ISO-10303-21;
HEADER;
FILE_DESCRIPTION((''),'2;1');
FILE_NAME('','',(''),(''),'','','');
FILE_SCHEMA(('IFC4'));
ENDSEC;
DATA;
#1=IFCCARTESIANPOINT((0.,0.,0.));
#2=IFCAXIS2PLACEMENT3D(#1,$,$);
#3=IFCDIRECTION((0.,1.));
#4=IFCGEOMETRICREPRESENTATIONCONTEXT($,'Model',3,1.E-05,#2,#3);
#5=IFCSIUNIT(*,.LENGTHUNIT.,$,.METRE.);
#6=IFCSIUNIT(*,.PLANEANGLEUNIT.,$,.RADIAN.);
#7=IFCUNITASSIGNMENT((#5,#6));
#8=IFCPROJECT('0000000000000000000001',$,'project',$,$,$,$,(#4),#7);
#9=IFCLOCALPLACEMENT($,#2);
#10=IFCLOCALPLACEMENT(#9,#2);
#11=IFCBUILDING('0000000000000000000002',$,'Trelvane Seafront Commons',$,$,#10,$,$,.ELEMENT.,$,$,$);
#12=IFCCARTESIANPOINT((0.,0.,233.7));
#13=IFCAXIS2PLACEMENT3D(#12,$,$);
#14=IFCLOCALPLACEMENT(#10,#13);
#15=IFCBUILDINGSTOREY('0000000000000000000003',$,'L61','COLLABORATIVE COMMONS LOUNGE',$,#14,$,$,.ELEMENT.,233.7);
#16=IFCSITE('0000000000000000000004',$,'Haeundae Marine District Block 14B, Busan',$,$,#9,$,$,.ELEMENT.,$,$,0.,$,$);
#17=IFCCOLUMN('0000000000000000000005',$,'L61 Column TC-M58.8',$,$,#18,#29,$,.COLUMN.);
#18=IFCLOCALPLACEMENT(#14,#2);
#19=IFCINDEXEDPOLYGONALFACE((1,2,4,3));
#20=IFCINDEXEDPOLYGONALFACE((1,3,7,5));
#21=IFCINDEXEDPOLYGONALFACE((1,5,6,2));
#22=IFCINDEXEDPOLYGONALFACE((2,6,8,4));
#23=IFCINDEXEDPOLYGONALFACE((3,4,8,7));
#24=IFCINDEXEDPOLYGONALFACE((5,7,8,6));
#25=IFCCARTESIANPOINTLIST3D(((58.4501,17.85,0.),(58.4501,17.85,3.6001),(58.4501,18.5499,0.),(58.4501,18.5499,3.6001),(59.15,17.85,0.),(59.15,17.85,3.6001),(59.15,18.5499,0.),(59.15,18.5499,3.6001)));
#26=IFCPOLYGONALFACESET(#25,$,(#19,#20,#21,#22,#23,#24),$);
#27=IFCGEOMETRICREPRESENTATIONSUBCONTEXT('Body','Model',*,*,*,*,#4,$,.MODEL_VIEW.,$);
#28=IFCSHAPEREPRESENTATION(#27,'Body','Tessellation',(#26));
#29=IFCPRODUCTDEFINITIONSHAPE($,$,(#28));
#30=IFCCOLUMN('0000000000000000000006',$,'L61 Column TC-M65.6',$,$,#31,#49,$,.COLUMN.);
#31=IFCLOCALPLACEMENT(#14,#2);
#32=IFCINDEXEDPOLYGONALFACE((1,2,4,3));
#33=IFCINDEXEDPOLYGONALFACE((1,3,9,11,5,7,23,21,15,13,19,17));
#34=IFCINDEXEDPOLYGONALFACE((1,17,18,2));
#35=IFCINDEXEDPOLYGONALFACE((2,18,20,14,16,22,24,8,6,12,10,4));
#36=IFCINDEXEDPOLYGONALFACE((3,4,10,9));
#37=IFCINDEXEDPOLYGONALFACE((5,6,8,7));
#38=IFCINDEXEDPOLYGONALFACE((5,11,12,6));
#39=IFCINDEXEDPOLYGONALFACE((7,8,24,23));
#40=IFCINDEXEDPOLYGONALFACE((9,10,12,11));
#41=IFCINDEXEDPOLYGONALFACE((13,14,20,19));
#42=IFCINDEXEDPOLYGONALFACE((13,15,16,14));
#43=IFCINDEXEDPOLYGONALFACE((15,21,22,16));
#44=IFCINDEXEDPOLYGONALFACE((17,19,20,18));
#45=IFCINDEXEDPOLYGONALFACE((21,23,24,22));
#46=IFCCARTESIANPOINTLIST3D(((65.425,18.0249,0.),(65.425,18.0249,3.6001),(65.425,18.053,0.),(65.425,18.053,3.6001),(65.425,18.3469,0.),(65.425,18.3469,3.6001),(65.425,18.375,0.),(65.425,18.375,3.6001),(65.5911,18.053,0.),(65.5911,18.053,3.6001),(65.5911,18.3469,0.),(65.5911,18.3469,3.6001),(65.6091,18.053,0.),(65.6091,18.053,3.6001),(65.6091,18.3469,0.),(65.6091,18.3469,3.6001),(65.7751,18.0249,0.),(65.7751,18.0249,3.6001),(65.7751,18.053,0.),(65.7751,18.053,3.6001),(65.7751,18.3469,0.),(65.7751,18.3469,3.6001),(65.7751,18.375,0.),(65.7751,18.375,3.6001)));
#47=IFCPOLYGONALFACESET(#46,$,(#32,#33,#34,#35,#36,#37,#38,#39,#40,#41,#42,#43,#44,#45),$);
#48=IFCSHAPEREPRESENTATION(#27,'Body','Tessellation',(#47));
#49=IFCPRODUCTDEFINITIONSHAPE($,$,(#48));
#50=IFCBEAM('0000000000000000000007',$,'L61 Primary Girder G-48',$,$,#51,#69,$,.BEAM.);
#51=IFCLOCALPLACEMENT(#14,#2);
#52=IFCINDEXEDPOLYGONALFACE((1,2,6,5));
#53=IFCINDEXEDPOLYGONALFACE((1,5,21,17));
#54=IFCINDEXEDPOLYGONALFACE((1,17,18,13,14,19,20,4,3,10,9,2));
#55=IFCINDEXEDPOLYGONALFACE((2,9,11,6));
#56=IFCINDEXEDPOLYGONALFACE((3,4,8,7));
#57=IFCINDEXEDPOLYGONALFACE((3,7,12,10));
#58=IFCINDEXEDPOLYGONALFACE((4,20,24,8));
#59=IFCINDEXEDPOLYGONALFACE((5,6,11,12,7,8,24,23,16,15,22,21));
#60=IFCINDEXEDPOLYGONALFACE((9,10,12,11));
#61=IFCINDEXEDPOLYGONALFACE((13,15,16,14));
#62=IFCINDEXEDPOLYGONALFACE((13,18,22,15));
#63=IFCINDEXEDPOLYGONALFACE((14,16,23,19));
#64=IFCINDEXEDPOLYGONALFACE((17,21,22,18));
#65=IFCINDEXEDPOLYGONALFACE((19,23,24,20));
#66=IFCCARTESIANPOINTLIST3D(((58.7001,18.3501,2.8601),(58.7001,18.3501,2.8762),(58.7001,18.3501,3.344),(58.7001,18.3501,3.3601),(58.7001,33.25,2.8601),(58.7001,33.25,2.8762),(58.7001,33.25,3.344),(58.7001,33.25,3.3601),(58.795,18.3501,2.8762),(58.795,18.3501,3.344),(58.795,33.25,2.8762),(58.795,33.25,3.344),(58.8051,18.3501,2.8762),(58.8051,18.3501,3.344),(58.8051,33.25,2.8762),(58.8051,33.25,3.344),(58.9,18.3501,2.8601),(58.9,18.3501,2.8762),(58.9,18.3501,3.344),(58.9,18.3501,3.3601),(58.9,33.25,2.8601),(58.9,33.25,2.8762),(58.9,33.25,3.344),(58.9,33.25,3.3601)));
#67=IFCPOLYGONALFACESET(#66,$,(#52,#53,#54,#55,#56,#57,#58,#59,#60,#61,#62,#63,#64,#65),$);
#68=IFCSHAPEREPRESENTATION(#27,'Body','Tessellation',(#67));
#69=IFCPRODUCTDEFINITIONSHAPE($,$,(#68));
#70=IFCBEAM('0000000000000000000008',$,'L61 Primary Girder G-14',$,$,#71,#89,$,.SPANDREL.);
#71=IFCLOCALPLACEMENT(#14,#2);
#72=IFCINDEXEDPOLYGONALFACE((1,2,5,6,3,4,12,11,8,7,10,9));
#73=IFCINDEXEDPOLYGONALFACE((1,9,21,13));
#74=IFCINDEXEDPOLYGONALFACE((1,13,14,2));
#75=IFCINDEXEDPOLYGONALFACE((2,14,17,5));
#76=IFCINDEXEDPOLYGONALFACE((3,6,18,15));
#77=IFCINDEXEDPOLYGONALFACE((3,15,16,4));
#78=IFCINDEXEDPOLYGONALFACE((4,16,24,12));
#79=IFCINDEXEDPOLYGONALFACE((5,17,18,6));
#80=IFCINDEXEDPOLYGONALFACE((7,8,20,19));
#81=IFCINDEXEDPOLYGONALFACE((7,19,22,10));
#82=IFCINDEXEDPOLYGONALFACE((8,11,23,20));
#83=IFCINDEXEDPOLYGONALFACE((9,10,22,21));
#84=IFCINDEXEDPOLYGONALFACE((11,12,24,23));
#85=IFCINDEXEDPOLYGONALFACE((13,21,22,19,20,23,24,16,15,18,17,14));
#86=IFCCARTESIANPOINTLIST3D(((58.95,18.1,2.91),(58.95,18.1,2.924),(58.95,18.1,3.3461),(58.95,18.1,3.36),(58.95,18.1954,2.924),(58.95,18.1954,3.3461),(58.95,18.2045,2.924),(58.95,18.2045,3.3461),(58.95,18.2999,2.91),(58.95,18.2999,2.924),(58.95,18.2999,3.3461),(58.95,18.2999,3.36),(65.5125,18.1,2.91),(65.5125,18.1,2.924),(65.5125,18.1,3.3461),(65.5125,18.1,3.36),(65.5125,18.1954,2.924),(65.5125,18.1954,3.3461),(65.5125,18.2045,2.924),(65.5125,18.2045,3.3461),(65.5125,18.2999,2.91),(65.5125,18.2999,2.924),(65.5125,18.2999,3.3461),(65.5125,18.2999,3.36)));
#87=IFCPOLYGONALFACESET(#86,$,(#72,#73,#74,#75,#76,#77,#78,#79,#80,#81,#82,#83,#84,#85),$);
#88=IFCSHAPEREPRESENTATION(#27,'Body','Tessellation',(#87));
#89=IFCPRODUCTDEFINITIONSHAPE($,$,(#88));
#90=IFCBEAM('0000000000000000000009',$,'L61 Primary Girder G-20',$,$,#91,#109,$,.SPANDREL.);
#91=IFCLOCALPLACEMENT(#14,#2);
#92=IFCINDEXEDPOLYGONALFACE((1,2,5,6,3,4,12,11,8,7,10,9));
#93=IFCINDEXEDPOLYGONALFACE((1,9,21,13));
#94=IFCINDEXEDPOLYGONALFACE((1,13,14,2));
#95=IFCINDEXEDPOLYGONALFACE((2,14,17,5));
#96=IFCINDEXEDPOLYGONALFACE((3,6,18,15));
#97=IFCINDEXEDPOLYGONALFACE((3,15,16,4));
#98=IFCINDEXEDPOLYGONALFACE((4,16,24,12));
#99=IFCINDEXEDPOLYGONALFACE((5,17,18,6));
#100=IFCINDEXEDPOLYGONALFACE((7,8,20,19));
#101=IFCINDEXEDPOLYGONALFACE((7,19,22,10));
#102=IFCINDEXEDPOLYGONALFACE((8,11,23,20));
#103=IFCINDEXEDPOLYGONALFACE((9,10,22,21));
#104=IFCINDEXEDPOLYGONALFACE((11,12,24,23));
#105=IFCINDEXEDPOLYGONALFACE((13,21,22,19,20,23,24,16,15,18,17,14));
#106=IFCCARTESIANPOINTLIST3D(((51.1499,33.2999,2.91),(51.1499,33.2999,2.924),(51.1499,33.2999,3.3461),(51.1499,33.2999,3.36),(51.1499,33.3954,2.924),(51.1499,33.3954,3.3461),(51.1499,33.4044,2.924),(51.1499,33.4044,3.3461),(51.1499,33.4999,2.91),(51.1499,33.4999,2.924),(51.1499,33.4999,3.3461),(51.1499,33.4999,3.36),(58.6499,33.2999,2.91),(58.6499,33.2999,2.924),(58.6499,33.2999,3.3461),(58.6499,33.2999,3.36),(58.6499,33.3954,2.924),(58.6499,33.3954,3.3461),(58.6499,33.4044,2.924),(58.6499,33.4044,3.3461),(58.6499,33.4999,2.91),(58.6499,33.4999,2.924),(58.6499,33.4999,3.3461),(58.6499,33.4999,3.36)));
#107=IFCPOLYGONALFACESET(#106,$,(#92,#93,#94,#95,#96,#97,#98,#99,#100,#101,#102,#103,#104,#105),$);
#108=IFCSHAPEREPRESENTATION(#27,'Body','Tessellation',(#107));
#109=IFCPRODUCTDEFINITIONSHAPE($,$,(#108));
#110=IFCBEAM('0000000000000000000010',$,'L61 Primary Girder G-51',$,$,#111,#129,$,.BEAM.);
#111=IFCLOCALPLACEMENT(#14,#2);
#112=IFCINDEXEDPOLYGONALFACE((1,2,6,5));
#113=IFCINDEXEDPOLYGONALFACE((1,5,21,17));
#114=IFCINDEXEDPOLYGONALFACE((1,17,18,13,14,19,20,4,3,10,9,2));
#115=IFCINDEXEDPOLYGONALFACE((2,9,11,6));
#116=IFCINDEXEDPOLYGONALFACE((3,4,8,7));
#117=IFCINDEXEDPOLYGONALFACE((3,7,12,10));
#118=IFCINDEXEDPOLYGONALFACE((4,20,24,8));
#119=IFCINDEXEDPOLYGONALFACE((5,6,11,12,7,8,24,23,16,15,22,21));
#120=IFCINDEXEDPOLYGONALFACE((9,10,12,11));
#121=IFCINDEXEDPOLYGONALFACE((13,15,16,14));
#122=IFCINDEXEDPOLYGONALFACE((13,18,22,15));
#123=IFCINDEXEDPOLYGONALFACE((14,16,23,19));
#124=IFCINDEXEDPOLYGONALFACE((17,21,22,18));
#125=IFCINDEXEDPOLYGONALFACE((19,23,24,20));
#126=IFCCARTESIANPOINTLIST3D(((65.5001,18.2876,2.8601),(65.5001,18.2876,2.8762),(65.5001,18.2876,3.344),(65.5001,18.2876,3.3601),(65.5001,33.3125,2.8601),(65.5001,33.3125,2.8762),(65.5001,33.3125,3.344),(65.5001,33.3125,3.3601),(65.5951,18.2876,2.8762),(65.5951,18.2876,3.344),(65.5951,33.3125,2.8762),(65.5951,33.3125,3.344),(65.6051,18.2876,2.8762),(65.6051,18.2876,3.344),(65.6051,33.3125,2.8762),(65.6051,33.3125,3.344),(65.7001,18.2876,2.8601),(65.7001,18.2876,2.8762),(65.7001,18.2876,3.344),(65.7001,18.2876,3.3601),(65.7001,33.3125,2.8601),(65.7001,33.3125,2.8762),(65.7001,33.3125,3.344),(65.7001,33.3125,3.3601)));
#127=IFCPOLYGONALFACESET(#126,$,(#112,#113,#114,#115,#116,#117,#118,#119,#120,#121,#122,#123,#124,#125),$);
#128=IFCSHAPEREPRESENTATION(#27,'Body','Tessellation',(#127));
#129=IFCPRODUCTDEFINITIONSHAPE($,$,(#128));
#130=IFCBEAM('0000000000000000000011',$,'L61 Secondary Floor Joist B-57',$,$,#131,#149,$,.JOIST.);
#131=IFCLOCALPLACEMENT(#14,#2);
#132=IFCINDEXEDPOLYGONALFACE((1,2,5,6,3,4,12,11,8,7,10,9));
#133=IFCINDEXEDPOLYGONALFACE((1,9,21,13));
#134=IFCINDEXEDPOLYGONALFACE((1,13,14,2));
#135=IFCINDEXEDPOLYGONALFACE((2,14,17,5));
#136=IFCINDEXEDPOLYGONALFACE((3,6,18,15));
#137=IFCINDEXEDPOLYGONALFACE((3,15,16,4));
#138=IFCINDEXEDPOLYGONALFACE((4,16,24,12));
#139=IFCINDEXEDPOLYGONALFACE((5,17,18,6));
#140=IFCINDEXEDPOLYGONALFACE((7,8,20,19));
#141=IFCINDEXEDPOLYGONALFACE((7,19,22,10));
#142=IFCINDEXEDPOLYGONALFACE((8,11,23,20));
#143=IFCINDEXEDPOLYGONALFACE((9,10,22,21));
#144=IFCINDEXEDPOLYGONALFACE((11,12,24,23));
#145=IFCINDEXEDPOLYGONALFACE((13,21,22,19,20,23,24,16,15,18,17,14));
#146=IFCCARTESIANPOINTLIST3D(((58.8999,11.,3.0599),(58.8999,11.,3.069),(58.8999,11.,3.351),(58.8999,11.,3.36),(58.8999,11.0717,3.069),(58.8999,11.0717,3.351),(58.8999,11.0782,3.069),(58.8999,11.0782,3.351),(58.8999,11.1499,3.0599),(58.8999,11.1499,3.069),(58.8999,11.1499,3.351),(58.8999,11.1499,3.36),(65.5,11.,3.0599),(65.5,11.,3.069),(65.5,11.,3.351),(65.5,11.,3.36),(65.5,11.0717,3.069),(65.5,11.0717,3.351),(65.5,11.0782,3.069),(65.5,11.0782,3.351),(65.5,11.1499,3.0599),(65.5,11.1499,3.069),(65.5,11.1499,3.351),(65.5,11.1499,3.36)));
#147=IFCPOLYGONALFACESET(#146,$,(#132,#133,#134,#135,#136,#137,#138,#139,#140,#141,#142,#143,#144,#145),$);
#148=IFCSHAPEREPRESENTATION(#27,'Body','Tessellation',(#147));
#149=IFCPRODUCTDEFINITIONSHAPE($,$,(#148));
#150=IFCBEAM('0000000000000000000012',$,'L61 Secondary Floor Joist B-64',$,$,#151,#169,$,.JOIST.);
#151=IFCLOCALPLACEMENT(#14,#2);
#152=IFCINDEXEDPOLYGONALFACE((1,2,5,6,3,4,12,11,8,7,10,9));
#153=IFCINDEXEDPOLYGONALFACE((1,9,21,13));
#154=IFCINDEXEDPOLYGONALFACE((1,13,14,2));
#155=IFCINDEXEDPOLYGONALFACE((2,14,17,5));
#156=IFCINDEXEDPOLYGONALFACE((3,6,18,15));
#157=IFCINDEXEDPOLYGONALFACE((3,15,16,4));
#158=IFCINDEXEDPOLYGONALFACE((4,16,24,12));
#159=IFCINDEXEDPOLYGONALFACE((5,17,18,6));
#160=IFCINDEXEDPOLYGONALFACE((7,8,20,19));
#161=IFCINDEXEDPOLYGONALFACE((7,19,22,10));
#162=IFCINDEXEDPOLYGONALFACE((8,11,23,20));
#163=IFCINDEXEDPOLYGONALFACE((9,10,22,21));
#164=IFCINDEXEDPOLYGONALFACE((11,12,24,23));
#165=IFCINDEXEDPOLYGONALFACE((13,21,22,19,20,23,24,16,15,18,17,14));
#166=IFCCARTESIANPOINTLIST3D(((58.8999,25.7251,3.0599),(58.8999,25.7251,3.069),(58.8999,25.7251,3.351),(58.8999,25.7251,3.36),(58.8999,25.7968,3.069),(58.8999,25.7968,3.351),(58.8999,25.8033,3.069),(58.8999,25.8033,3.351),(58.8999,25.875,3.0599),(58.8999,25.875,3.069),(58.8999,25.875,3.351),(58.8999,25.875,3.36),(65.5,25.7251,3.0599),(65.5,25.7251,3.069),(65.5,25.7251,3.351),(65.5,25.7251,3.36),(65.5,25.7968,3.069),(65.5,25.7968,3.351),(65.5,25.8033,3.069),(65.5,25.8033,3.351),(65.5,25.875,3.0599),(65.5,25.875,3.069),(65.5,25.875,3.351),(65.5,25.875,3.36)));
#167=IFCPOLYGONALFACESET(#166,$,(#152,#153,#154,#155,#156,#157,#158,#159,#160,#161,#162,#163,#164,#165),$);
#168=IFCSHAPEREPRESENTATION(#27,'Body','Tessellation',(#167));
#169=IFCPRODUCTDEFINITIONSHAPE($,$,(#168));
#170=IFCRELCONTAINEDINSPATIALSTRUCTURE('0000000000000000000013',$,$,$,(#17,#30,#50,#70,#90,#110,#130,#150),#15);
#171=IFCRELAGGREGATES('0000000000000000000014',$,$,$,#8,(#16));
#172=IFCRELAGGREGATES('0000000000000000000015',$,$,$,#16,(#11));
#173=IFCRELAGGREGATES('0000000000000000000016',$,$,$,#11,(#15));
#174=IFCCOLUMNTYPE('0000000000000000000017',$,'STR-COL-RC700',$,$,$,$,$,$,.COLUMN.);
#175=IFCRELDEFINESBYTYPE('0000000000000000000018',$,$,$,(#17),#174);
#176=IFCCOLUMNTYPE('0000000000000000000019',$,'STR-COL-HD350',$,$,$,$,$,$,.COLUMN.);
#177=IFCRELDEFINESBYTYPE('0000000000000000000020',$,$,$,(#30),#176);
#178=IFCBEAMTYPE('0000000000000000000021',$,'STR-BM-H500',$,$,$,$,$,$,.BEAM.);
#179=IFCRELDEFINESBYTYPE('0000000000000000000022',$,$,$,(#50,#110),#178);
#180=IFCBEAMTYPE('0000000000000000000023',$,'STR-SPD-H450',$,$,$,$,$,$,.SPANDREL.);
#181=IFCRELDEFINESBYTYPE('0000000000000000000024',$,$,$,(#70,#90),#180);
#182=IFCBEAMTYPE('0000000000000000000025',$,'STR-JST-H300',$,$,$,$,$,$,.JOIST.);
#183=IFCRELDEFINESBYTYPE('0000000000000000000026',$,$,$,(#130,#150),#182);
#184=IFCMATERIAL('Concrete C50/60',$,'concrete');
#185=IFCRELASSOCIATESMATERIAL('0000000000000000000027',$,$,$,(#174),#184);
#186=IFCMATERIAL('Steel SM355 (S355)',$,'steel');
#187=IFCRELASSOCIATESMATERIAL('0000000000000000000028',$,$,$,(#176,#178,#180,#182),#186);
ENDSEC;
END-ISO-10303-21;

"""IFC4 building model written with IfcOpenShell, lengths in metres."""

from ifc_helpers import new_model, si_unit, direction, frame, origin, origin_2d, place, context, subcontext, project, spatial, rectangle, i_section, extrude, source, transform, mapped, material, material_profile, profile_set, type_object, element, save


model = new_model("IFC4")

# Units and contexts
model_context = context("Model", 3, precision=1e-05, world=origin(), true_north=direction((0.0, 1.0)))
body_context = subcontext(model_context, "Body", "Model", "MODEL_VIEW")
ifc_project = project(units=[si_unit("LENGTHUNIT", "METRE"), si_unit("PLANEANGLEUNIT", "RADIAN")], contexts=[model_context])

# Site, building, storey
site_placement = place(None, origin())
site = spatial("IfcSite", under=ifc_project, at=site_placement, Name="Haeundae Marine District Block 14B, Busan", CompositionType="ELEMENT", RefElevation=0.0)
building_placement = place(site_placement, origin())
building = spatial("IfcBuilding", under=site, at=building_placement, Name="Trelvane Seafront Commons", CompositionType="ELEMENT")
storey_placement = place(building_placement, frame((0.0, 0.0, 233.7)))
storey = spatial("IfcBuildingStorey", under=building, at=storey_placement, Name="L61", Description="COLLABORATIVE COMMONS LOUNGE", CompositionType="ELEMENT", Elevation=233.7)

# Columns
ifc_material_1 = material(Name="Concrete C50/60", Category="concrete")
ifc_material_profile_1 = material_profile(ifc_material_1, rectangle(XDim=0.7, YDim=0.7, at=origin_2d()), Name="RC-700x700")
ifc_profile_set_1 = profile_set([ifc_material_profile_1], Name="Concrete C50/60")
column_type_1 = type_object("IfcColumnType", Name="STR-COL-RC700", PredefinedType="COLUMN", material=ifc_profile_set_1)
shared_shape_1 = source(origin(), body_context, "Body", "SweptSolid", [
    extrude(rectangle(XDim=0.7, YDim=0.7, at=origin_2d()), origin(), (0.0, 0.0, 1.0), 3.6001),
])
column_1_placement = place(storey_placement, frame((58.8, 18.2, 0.0), z_axis=(0.0, 0.0, 1.0), x_axis=(1.0, 0.0, 0.0)))
element("IfcColumn", 1, at=column_1_placement, inside=storey, type_object=column_type_1, Name="L61 Column TC-M58.8", PredefinedType="COLUMN", context=body_context, shape_type="MappedRepresentation", body=[
    mapped(shared_shape_1, transform((0.0, 0.0, 0.0), x_axis=(1.0, 0.0, 0.0), y_axis=(0.0, 1.0, 0.0), z_axis=(0.0, 0.0, 1.0), scale=1.0)),
])
ifc_material_2 = material(Name="Steel SM355 (S355)", Category="steel")
ifc_material_profile_2 = material_profile(ifc_material_2, i_section(OverallWidth=0.3501, OverallDepth=0.3501, WebThickness=0.0181, FlangeThickness=0.0281, at=origin_2d()), Name="HD-350x350x18x28")
ifc_profile_set_2 = profile_set([ifc_material_profile_2], Name="Steel SM355 (S355)")
column_type_2 = type_object("IfcColumnType", Name="STR-COL-HD350", PredefinedType="COLUMN", material=ifc_profile_set_2)
shared_shape_2 = source(origin(), body_context, "Body", "SweptSolid", [
    extrude(i_section(OverallWidth=0.3501, OverallDepth=0.3501, WebThickness=0.0181, FlangeThickness=0.0281, at=origin_2d()), origin(), (0.0, 0.0, 1.0), 3.6001),
])
column_2_placement = place(storey_placement, frame((65.6001, 18.2, 0.0), z_axis=(0.0, 0.0, 1.0), x_axis=(1.0, 0.0, 0.0)))
element("IfcColumn", 2, at=column_2_placement, inside=storey, type_object=column_type_2, Name="L61 Column TC-M65.6", PredefinedType="COLUMN", context=body_context, shape_type="MappedRepresentation", body=[
    mapped(shared_shape_2, transform((0.0, 0.0, 0.0), x_axis=(1.0, 0.0, 0.0), y_axis=(0.0, 1.0, 0.0), z_axis=(0.0, 0.0, 1.0), scale=1.0)),
])

# Beams
ifc_material_profile_3 = material_profile(ifc_material_2, i_section(OverallWidth=0.2, OverallDepth=0.5, WebThickness=0.01, FlangeThickness=0.0161, at=origin_2d()), Name="H-500x200x10x16")
ifc_profile_set_3 = profile_set([ifc_material_profile_3], Name="Steel SM355 (S355)")
beam_type_1 = type_object("IfcBeamType", Name="STR-BM-H500", PredefinedType="BEAM", material=ifc_profile_set_3)
shared_shape_3 = source(origin(), body_context, "Body", "SweptSolid", [
    extrude(i_section(OverallWidth=0.2, OverallDepth=0.5, WebThickness=0.01, FlangeThickness=0.0161, at=origin_2d()), origin(), (0.0, 0.0, 1.0), 14.8999),
])
beam_1_placement = place(storey_placement, frame((58.8, 18.3501, 3.1101), z_axis=(0.0, 1.0, 0.0), x_axis=(-1.0, 0.0, 0.0)))
element("IfcBeam", 3, at=beam_1_placement, inside=storey, type_object=beam_type_1, Name="L61 Primary Girder G-48", PredefinedType="BEAM", context=body_context, shape_type="MappedRepresentation", body=[
    mapped(shared_shape_3, transform((0.0, 0.0, 0.0), x_axis=(1.0, 0.0, 0.0), y_axis=(0.0, 1.0, 0.0), z_axis=(0.0, 0.0, 1.0), scale=1.0)),
])
ifc_material_profile_4 = material_profile(ifc_material_2, i_section(OverallWidth=0.2, OverallDepth=0.45, WebThickness=0.009, FlangeThickness=0.0139, at=origin_2d()), Name="H-450x200x9x14")
ifc_profile_set_4 = profile_set([ifc_material_profile_4], Name="Steel SM355 (S355)")
beam_type_2 = type_object("IfcBeamType", Name="STR-SPD-H450", PredefinedType="SPANDREL", material=ifc_profile_set_4)
shared_shape_4 = source(origin(), body_context, "Body", "SweptSolid", [
    extrude(i_section(OverallWidth=0.2, OverallDepth=0.45, WebThickness=0.009, FlangeThickness=0.0139, at=origin_2d()), origin(), (0.0, 0.0, 1.0), 6.5625),
])
beam_2_placement = place(storey_placement, frame((58.95, 18.2, 3.135), z_axis=(1.0, 0.0, 0.0), x_axis=(0.0, 1.0, 0.0)))
element("IfcBeam", 4, at=beam_2_placement, inside=storey, type_object=beam_type_2, Name="L61 Primary Girder G-14", PredefinedType="SPANDREL", context=body_context, shape_type="MappedRepresentation", body=[
    mapped(shared_shape_4, transform((0.0, 0.0, 0.0), x_axis=(1.0, 0.0, 0.0), y_axis=(0.0, 1.0, 0.0), z_axis=(0.0, 0.0, 1.0), scale=1.0)),
])
shared_shape_5 = source(origin(), body_context, "Body", "SweptSolid", [
    extrude(i_section(OverallWidth=0.2, OverallDepth=0.45, WebThickness=0.009, FlangeThickness=0.0139, at=origin_2d()), origin(), (0.0, 0.0, 1.0), 7.5),
])
beam_3_placement = place(storey_placement, frame((51.1499, 33.3999, 3.135), z_axis=(1.0, 0.0, 0.0), x_axis=(0.0, 1.0, 0.0)))
element("IfcBeam", 5, at=beam_3_placement, inside=storey, type_object=beam_type_2, Name="L61 Primary Girder G-20", PredefinedType="SPANDREL", context=body_context, shape_type="MappedRepresentation", body=[
    mapped(shared_shape_5, transform((0.0, 0.0, 0.0), x_axis=(1.0, 0.0, 0.0), y_axis=(0.0, 1.0, 0.0), z_axis=(0.0, 0.0, 1.0), scale=1.0)),
])
shared_shape_6 = source(origin(), body_context, "Body", "SweptSolid", [
    extrude(i_section(OverallWidth=0.2, OverallDepth=0.5, WebThickness=0.01, FlangeThickness=0.0161, at=origin_2d()), origin(), (0.0, 0.0, 1.0), 15.0249),
])
beam_4_placement = place(storey_placement, frame((65.6001, 18.2876, 3.1101), z_axis=(0.0, 1.0, 0.0), x_axis=(-1.0, 0.0, 0.0)))
element("IfcBeam", 6, at=beam_4_placement, inside=storey, type_object=beam_type_1, Name="L61 Primary Girder G-51", PredefinedType="BEAM", context=body_context, shape_type="MappedRepresentation", body=[
    mapped(shared_shape_6, transform((0.0, 0.0, 0.0), x_axis=(1.0, 0.0, 0.0), y_axis=(0.0, 1.0, 0.0), z_axis=(0.0, 0.0, 1.0), scale=1.0)),
])
ifc_material_profile_5 = material_profile(ifc_material_2, i_section(OverallWidth=0.1499, OverallDepth=0.3, WebThickness=0.0066, FlangeThickness=0.009, at=origin_2d()), Name="H-300x150x6.5x9")
ifc_profile_set_5 = profile_set([ifc_material_profile_5], Name="Steel SM355 (S355)")
beam_type_3 = type_object("IfcBeamType", Name="STR-JST-H300", PredefinedType="JOIST", material=ifc_profile_set_5)
shared_shape_7 = source(origin(), body_context, "Body", "SweptSolid", [
    extrude(i_section(OverallWidth=0.1499, OverallDepth=0.3, WebThickness=0.0066, FlangeThickness=0.009, at=origin_2d()), origin(), (0.0, 0.0, 1.0), 6.6001),
])
for number, where, z_axis, x_axis, name in (
    (7, (58.8999, 11.075, 3.21), (1.0, 0.0, 0.0), (0.0, 1.0, 0.0), "L61 Secondary Floor Joist B-57"),
    (8, (58.8999, 25.8, 3.21), (1.0, 0.0, 0.0), (0.0, 1.0, 0.0), "L61 Secondary Floor Joist B-64"),
):
    element("IfcBeam", number, at=place(storey_placement, frame(where, z_axis=z_axis, x_axis=x_axis)), inside=storey, type_object=beam_type_3, Name=name, PredefinedType="JOIST", context=body_context, shape_type="MappedRepresentation", body=[
        mapped(shared_shape_7, transform((0.0, 0.0, 0.0), x_axis=(1.0, 0.0, 0.0), y_axis=(0.0, 1.0, 0.0), z_axis=(0.0, 0.0, 1.0), scale=1.0)),
    ])

save(model, "model.ifc")
